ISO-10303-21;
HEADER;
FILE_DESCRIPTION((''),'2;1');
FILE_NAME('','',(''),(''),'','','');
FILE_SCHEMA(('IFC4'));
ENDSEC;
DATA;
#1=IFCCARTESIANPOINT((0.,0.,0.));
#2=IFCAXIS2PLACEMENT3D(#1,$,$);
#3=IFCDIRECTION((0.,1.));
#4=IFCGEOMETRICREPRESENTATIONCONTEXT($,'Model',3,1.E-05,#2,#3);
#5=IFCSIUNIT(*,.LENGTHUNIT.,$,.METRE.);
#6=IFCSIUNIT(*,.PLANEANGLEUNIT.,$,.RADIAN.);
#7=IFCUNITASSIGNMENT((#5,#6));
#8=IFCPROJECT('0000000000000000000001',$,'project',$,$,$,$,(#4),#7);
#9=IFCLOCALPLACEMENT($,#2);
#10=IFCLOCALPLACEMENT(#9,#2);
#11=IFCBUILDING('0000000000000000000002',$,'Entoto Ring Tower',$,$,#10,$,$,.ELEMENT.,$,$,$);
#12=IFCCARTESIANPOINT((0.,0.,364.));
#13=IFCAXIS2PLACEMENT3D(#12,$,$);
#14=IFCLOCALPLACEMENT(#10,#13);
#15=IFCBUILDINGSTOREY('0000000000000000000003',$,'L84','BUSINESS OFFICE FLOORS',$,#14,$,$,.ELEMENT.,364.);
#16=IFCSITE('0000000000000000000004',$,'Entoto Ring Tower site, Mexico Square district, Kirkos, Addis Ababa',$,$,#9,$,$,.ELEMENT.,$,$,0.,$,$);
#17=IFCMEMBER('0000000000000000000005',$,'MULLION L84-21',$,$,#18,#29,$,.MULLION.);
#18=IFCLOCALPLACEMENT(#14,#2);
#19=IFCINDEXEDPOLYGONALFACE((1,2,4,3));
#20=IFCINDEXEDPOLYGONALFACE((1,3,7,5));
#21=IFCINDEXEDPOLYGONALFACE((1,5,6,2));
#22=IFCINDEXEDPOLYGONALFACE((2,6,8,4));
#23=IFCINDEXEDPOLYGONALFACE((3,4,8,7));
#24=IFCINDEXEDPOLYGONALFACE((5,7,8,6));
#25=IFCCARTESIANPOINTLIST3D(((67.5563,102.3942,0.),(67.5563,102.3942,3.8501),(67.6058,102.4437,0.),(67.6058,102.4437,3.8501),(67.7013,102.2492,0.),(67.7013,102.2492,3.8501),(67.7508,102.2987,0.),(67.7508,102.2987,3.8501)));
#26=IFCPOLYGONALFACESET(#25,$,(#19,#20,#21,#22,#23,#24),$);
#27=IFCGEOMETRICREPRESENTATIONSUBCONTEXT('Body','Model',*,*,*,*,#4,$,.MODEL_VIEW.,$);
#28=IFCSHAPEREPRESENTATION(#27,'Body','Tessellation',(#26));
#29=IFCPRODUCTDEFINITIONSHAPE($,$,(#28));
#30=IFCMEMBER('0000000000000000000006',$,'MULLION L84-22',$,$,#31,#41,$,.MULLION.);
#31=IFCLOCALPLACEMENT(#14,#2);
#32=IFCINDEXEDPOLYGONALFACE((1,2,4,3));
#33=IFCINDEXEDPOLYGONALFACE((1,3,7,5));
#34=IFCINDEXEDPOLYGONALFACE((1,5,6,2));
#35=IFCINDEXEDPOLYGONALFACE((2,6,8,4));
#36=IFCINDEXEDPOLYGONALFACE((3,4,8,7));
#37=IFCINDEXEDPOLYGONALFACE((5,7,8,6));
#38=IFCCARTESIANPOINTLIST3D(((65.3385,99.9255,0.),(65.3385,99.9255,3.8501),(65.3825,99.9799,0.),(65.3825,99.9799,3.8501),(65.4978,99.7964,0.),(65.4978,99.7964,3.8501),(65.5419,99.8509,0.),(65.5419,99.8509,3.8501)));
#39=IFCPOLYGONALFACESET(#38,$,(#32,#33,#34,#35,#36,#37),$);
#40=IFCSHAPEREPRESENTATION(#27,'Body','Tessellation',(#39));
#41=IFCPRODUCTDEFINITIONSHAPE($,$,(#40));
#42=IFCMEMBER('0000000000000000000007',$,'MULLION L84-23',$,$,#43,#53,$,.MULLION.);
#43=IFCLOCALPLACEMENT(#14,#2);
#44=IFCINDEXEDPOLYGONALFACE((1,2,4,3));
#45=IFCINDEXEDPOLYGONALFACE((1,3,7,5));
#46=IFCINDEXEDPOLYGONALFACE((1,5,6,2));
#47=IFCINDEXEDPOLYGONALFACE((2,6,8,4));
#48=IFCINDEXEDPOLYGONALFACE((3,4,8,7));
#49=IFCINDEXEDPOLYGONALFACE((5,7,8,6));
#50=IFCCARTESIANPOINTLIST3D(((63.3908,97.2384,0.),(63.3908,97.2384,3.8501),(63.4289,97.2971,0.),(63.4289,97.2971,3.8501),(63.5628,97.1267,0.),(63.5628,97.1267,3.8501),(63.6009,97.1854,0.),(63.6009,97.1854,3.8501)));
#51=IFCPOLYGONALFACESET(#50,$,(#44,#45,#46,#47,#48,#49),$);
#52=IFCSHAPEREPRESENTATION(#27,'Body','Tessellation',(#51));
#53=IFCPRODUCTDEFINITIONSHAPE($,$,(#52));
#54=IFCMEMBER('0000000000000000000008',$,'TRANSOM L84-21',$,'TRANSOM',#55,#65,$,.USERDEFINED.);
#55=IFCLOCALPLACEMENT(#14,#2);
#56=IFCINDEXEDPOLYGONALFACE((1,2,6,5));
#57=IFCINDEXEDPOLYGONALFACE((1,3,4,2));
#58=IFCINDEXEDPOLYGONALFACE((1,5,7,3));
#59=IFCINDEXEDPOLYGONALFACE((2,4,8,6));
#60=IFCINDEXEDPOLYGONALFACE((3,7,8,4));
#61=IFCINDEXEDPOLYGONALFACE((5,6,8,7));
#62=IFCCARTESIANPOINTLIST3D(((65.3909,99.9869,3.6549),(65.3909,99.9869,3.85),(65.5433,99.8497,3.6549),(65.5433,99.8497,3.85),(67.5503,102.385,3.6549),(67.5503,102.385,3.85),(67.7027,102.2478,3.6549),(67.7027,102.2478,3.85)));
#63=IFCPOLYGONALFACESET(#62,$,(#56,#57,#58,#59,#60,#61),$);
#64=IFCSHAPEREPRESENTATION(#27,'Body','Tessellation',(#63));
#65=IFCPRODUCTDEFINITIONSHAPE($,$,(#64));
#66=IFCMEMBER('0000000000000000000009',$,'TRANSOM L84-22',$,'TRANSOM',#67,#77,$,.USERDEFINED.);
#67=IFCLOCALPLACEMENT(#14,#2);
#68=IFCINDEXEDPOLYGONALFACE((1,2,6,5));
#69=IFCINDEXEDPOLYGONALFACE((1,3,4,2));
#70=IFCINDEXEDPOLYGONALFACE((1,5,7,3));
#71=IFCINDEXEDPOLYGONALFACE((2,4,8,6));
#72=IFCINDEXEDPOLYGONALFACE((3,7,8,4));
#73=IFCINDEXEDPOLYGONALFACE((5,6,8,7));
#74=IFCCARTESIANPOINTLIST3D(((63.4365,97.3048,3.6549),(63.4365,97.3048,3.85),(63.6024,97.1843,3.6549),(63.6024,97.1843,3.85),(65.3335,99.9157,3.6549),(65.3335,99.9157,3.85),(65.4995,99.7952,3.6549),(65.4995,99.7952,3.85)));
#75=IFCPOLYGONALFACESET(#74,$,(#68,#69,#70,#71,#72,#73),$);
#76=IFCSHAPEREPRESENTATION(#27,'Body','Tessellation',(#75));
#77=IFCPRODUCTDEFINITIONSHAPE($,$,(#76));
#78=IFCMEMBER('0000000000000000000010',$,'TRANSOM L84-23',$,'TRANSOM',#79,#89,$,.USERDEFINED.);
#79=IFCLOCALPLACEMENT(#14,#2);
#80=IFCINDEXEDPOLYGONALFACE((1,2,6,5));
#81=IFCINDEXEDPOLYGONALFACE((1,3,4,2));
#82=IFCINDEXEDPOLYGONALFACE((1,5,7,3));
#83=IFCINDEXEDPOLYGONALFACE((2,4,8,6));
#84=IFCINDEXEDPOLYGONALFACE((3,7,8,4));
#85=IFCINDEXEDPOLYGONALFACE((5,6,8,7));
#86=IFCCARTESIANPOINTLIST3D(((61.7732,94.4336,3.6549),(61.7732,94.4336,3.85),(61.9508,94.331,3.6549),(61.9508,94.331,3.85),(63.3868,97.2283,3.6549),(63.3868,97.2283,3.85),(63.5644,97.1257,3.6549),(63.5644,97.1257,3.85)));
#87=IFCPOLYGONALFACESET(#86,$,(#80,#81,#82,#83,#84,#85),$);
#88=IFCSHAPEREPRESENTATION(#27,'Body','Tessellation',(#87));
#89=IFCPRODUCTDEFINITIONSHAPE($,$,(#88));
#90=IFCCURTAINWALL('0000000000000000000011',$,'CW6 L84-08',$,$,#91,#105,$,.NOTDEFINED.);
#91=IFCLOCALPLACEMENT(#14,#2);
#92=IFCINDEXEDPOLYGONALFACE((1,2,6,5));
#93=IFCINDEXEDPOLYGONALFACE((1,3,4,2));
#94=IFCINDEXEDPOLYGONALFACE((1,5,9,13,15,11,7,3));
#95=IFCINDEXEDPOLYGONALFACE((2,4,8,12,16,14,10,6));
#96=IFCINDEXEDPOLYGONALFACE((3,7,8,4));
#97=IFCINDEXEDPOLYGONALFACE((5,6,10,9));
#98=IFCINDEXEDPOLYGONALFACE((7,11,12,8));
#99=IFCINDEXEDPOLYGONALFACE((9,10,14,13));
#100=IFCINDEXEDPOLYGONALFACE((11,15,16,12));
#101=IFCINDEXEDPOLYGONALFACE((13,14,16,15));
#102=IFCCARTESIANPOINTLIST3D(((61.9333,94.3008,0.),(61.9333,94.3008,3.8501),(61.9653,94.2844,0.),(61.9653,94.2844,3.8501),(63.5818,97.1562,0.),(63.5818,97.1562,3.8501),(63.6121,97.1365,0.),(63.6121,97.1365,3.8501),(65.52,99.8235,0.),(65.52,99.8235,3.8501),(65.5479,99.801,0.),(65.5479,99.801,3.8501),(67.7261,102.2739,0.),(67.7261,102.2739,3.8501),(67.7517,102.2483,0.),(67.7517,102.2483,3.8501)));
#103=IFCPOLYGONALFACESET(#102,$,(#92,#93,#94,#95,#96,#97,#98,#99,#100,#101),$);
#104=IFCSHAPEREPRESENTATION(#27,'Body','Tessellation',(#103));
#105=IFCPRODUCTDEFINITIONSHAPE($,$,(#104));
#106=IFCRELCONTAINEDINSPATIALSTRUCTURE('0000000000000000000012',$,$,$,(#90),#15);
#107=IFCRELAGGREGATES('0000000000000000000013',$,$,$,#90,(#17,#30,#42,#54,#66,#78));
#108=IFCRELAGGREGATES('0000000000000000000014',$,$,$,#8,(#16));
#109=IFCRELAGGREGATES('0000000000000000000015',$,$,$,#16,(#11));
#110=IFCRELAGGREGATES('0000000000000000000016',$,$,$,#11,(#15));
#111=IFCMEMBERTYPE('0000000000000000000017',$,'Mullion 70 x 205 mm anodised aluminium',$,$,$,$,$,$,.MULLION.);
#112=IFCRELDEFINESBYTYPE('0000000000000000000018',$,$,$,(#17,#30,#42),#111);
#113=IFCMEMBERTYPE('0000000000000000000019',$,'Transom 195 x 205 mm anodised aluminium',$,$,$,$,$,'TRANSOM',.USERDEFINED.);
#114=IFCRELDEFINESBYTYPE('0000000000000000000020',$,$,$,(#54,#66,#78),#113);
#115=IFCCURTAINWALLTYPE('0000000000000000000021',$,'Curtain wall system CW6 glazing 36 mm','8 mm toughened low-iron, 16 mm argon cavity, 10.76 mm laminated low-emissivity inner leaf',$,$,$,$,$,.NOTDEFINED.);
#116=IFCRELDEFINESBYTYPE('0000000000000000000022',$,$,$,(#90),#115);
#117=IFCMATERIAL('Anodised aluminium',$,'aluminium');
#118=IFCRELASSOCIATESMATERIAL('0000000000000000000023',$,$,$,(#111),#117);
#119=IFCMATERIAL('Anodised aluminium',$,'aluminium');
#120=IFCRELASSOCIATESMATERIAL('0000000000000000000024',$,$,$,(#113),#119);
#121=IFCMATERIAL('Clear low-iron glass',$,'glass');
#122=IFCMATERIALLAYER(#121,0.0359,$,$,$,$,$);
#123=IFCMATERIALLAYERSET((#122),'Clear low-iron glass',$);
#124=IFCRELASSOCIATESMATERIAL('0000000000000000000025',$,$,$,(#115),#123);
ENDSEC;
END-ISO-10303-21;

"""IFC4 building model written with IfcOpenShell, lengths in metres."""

from ifc_helpers import new_model, si_unit, direction, frame, origin, origin_2d, place, context, subcontext, project, spatial, polyline, rectangle, outline, extrude, material, layer, layer_set, material_profile, profile_set, type_object, element, aggregate, save


model = new_model("IFC4")

# Units and contexts
model_context = context("Model", 3, precision=1e-05, world=origin(), true_north=direction((0.0, 1.0)))
body_context = subcontext(model_context, "Body", "Model", "MODEL_VIEW")
ifc_project = project(units=[si_unit("LENGTHUNIT", "METRE"), si_unit("PLANEANGLEUNIT", "RADIAN")], contexts=[model_context])

# Members
ifc_material_1 = material(Name="Anodised aluminium", Category="aluminium")
ifc_material_profile_1 = material_profile(ifc_material_1, rectangle(XDim=0.0701, YDim=0.2051, at=origin_2d()), Name="Mullion 70 x 205 mm anodised aluminium")
ifc_profile_set_1 = profile_set([ifc_material_profile_1], Name="Anodised aluminium")
member_type_1 = type_object("IfcMemberType", Name="Mullion 70 x 205 mm anodised aluminium", PredefinedType="MULLION", material=ifc_profile_set_1)
site_placement = place(None, origin())
building_placement = place(site_placement, origin())
storey_placement = place(building_placement, frame((0.0, 0.0, 364.0)))
member_1_placement = place(storey_placement, frame((67.6536, 102.3464, 0.0), z_axis=(0.0, 0.0, 1.0), x_axis=(-0.707107, -0.707107, 0.0)))
member_1 = element("IfcMember", 1, at=member_1_placement, type_object=member_type_1, Name="MULLION L84-21", PredefinedType="MULLION", context=body_context, shape_type="SweptSolid", body=[
    extrude(rectangle(XDim=0.0701, YDim=0.2051, at=origin_2d()), origin(), (0.0, 0.0, 1.0), 3.8501),
])
member_2_placement = place(storey_placement, frame((65.4402, 99.8882, 0.0), z_axis=(0.0, 0.0, 1.0), x_axis=(-0.62932, -0.777146, 0.0)))
member_2 = element("IfcMember", 2, at=member_2_placement, type_object=member_type_1, Name="MULLION L84-22", PredefinedType="MULLION", context=body_context, shape_type="SweptSolid", body=[
    extrude(rectangle(XDim=0.0701, YDim=0.2051, at=origin_2d()), origin(), (0.0, 0.0, 1.0), 3.8501),
])
member_3_placement = place(storey_placement, frame((63.4958, 97.2119, 0.0), z_axis=(0.0, 0.0, 1.0), x_axis=(-0.544639, -0.838671, 0.0)))
member_3 = element("IfcMember", 3, at=member_3_placement, type_object=member_type_1, Name="MULLION L84-23", PredefinedType="MULLION", context=body_context, shape_type="SweptSolid", body=[
    extrude(rectangle(XDim=0.0701, YDim=0.2051, at=origin_2d()), origin(), (0.0, 0.0, 1.0), 3.8501),
])
ifc_material_2 = material(Name="Anodised aluminium", Category="aluminium")
ifc_material_profile_2 = material_profile(ifc_material_2, rectangle(XDim=0.2051, YDim=0.1951, at=origin_2d()), Name="Transom 195 x 205 mm anodised aluminium")
ifc_profile_set_2 = profile_set([ifc_material_profile_2], Name="Anodised aluminium")
member_type_2 = type_object("IfcMemberType", Name="Transom 195 x 205 mm anodised aluminium", ElementType="TRANSOM", PredefinedType="USERDEFINED", material=ifc_profile_set_2)
member_4_placement = place(storey_placement, frame((67.6265, 102.3164, 3.7524), z_axis=(-0.669144, -0.743132, 0.0), x_axis=(0.743132, -0.669144, 0.0)))
member_4 = element("IfcMember", 4, at=member_4_placement, type_object=member_type_2, Name="TRANSOM L84-21", ObjectType="TRANSOM", PredefinedType="USERDEFINED", context=body_context, shape_type="SweptSolid", body=[
    extrude(rectangle(XDim=0.2051, YDim=0.1951, at=origin_2d()), origin(), (0.0, 0.0, 1.0), 3.2271),
])
member_5_placement = place(storey_placement, frame((65.4165, 99.8555, 3.7524), z_axis=(-0.587803, -0.809004, 0.0), x_axis=(0.809004, -0.587803, 0.0)))
member_5 = element("IfcMember", 5, at=member_5_placement, type_object=member_type_2, Name="TRANSOM L84-22", ObjectType="TRANSOM", PredefinedType="USERDEFINED", context=body_context, shape_type="SweptSolid", body=[
    extrude(rectangle(XDim=0.2051, YDim=0.1951, at=origin_2d()), origin(), (0.0, 0.0, 1.0), 3.2273),
])
member_6_placement = place(storey_placement, frame((63.4756, 97.177, 3.7524), z_axis=(-0.500004, -0.866023, 0.0), x_axis=(0.866023, -0.500004, 0.0)))
member_6 = element("IfcMember", 6, at=member_6_placement, type_object=member_type_2, Name="TRANSOM L84-23", ObjectType="TRANSOM", PredefinedType="USERDEFINED", context=body_context, shape_type="SweptSolid", body=[
    extrude(rectangle(XDim=0.2051, YDim=0.1951, at=origin_2d()), origin(), (0.0, 0.0, 1.0), 3.2271),
])

# Site, building, storey
site = spatial("IfcSite", under=ifc_project, at=site_placement, Name="Entoto Ring Tower site, Mexico Square district, Kirkos, Addis Ababa", CompositionType="ELEMENT", RefElevation=0.0)
building = spatial("IfcBuilding", under=site, at=building_placement, Name="Entoto Ring Tower", CompositionType="ELEMENT")
storey = spatial("IfcBuildingStorey", under=building, at=storey_placement, Name="L84", Description="BUSINESS OFFICE FLOORS", CompositionType="ELEMENT", Elevation=364.0)

# Curtain wall
ifc_material_3 = material(Name="Clear low-iron glass", Category="glass")
ifc_layer = layer(ifc_material_3, 0.0359)
ifc_layer_set = layer_set([ifc_layer], Name="Clear low-iron glass")
curtain_wall_type = type_object("IfcCurtainWallType", Name="Curtain wall system CW6 glazing 36 mm", Description="8 mm toughened low-iron, 16 mm argon cavity, 10.76 mm laminated low-emissivity inner leaf", PredefinedType="NOTDEFINED", material=ifc_layer_set)
curtain_wall_1_placement = place(storey_placement, origin())
curtain_wall_1 = element("IfcCurtainWall", 7, at=curtain_wall_1_placement, inside=storey, type_object=curtain_wall_type, Name="CW6 L84-08", PredefinedType="NOTDEFINED", context=body_context, shape_type="SweptSolid", body=[
    extrude(outline(polyline([(67.7261, 102.2739), (65.52, 99.8235), (63.5818, 97.1562), (61.9333, 94.3008), (61.9653, 94.2844), (63.6121, 97.1365), (65.5479, 99.801), (67.7517, 102.2483), (67.7261, 102.2739)])), origin(), (0.0, 0.0, 1.0), 3.8501),
])
aggregate(curtain_wall_1, [member_1, member_2, member_3, member_4, member_5, member_6])

save(model, "model.ifc")
